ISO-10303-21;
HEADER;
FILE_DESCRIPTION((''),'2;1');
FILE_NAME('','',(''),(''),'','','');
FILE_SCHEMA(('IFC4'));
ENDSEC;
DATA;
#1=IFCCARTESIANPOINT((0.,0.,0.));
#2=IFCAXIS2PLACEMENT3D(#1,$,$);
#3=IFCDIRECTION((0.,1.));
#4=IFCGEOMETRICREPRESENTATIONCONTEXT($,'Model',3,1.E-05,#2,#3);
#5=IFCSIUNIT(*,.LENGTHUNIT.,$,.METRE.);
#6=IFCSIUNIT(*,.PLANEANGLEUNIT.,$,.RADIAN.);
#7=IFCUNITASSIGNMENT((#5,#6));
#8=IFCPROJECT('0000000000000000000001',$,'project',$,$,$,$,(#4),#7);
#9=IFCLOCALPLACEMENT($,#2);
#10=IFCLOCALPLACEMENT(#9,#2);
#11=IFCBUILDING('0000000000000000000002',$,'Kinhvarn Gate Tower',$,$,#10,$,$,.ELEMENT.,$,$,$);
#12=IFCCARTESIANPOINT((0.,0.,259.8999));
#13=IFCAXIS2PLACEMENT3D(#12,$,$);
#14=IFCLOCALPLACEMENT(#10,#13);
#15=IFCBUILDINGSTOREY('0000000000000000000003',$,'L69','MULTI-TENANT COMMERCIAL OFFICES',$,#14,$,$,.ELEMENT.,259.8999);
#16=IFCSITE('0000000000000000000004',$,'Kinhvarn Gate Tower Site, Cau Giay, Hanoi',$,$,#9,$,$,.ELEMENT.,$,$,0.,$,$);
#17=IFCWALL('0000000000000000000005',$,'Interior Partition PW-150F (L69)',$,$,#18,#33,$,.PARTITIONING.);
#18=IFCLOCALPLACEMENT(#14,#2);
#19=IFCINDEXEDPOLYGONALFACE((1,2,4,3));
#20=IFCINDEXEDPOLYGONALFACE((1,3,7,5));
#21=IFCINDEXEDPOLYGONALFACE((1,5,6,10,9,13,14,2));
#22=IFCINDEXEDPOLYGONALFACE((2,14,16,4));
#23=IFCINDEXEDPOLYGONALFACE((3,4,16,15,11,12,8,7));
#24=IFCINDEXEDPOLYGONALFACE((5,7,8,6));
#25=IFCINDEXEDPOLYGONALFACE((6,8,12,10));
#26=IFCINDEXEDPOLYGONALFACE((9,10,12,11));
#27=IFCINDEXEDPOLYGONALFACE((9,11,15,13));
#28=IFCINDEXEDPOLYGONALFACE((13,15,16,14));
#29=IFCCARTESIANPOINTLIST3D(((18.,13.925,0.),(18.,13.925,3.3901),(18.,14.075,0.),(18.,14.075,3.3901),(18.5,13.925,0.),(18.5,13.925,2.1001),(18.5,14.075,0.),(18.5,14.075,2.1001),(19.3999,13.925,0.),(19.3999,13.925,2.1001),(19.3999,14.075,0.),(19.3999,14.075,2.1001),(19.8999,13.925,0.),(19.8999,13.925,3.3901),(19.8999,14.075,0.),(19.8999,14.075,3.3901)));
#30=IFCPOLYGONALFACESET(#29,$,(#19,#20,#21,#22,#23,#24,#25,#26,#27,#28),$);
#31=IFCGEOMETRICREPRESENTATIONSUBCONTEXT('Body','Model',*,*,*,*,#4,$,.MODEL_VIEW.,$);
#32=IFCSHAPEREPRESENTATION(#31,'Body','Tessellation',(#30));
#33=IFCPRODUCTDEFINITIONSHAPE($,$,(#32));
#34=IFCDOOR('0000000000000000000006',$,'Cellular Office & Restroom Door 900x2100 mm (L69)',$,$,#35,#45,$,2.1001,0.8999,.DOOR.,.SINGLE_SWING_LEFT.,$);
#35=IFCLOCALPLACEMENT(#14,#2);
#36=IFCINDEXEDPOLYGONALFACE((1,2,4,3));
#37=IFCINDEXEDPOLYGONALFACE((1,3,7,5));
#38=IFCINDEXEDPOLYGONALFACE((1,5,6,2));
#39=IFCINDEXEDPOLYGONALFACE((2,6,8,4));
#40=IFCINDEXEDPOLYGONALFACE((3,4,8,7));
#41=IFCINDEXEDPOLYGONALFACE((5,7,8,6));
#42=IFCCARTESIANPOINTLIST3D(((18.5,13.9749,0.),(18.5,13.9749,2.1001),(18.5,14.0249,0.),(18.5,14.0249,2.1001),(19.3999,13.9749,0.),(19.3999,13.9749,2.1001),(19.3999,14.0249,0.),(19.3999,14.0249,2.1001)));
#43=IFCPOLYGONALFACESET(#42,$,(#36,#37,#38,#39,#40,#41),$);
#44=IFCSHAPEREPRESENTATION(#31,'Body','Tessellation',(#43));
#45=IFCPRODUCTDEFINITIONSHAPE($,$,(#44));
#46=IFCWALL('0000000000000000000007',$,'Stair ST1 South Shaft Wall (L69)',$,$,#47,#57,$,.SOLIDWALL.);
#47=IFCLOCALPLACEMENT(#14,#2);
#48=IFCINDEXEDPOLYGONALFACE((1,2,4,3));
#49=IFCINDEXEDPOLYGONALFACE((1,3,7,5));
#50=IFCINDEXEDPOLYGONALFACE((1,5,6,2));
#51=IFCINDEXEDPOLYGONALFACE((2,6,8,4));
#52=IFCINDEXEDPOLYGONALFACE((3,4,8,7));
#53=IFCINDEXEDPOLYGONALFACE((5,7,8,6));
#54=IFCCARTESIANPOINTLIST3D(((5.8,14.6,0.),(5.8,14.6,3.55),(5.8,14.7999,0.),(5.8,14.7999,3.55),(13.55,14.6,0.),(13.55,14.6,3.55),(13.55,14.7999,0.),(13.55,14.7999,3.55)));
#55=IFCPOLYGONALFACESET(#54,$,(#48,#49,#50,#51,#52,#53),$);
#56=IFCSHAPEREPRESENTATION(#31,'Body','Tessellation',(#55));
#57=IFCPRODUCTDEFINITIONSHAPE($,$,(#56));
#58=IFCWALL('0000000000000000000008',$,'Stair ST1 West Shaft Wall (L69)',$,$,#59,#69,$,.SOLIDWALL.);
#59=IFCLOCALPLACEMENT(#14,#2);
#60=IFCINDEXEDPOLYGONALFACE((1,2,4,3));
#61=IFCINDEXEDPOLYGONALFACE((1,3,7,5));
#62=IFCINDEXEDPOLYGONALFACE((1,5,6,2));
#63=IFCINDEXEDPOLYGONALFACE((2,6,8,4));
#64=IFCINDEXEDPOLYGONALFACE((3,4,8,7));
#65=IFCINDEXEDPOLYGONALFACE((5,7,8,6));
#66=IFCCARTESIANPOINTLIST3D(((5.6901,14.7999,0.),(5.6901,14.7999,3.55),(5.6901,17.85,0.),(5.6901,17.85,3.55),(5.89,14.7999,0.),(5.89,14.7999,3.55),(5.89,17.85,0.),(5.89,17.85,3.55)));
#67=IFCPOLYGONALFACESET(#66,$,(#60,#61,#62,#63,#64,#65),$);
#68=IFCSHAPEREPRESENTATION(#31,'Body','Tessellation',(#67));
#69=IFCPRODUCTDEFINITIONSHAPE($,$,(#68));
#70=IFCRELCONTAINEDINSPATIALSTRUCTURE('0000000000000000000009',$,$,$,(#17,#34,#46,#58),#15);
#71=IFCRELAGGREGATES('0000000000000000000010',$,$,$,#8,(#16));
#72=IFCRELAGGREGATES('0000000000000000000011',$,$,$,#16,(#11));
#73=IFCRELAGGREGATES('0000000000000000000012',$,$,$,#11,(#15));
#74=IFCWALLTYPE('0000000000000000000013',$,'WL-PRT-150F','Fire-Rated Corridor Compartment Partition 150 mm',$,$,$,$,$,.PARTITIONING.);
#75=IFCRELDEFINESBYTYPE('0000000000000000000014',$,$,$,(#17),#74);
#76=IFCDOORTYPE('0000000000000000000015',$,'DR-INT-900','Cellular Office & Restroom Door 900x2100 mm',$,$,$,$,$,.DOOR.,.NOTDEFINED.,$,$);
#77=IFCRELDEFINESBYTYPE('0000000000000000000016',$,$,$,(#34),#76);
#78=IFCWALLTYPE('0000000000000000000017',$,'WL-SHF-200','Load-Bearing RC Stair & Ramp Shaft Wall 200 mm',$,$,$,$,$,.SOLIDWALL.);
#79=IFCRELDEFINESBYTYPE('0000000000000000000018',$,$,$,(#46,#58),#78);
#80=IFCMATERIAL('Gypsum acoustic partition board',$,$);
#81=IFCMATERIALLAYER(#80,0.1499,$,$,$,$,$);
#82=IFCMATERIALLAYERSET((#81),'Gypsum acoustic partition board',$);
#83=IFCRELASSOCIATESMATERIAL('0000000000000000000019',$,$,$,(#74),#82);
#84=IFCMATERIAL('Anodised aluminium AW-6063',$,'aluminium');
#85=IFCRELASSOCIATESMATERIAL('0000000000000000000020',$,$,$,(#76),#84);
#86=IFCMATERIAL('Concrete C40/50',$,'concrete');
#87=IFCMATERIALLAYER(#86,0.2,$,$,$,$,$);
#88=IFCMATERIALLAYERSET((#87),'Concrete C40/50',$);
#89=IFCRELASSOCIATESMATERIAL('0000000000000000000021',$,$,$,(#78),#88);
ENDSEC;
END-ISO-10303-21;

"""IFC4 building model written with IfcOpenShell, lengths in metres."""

from ifc_helpers import new_model, si_unit, direction, frame, frame_2d, origin, place, context, subcontext, project, spatial, rectangle, extrude, material, layer, layer_set, type_object, element, fill, save


model = new_model("IFC4")

# Units and contexts
model_context = context("Model", 3, precision=1e-05, world=origin(), true_north=direction((0.0, 1.0)))
body_context = subcontext(model_context, "Body", "Model", "MODEL_VIEW")
ifc_project = project(units=[si_unit("LENGTHUNIT", "METRE"), si_unit("PLANEANGLEUNIT", "RADIAN")], contexts=[model_context])

# Site, building, storey
site_placement = place(None, origin())
site = spatial("IfcSite", under=ifc_project, at=site_placement, Name="Kinhvarn Gate Tower Site, Cau Giay, Hanoi", CompositionType="ELEMENT", RefElevation=0.0)
building_placement = place(site_placement, origin())
building = spatial("IfcBuilding", under=site, at=building_placement, Name="Kinhvarn Gate Tower", CompositionType="ELEMENT")
storey_placement = place(building_placement, frame((0.0, 0.0, 259.8999)))
storey = spatial("IfcBuildingStorey", under=building, at=storey_placement, Name="L69", Description="MULTI-TENANT COMMERCIAL OFFICES", CompositionType="ELEMENT", Elevation=259.8999)

# Shared definitions
ifc_material_1 = material(Name="Anodised aluminium AW-6063", Category="aluminium")

# Shared definitions
ifc_material_2 = material(Name="Gypsum acoustic partition board")

# Wall, opening, door
ifc_layer_1 = layer(ifc_material_2, 0.1499)
ifc_layer_set_1 = layer_set([ifc_layer_1], Name="Gypsum acoustic partition board")
wall_type_1 = type_object("IfcWallType", Name="WL-PRT-150F", Description="Fire-Rated Corridor Compartment Partition 150 mm", PredefinedType="PARTITIONING", material=ifc_layer_set_1)
wall_1_placement = place(storey_placement, frame((18.0, 14.0, 0.0), z_axis=(0.0, 0.0, 1.0), x_axis=(1.0, 0.0, 0.0)))
wall_1 = element("IfcWall", 1, at=wall_1_placement, inside=storey, type_object=wall_type_1, Name="Interior Partition PW-150F (L69)", PredefinedType="PARTITIONING", context=body_context, shape_type="SweptSolid", body=[
    extrude(rectangle(XDim=1.8999, YDim=0.1499, at=frame_2d((0.95, 0.0))), origin(), (0.0, 0.0, 1.0), 3.3901),
])
opening_1_placement = place(wall_1_placement, frame((0.5, 0.0, 0.0)))
opening_1 = element("IfcOpeningElement", 2, at=opening_1_placement, cuts=wall_1, PredefinedType="OPENING", context=body_context, shape_type="SweptSolid", body=[
    extrude(rectangle(XDim=0.8999, YDim=2.1001, at=frame_2d((0.45, 1.05))), frame((0.0, 0.085, 0.0), z_axis=(0.0, -1.0, 0.0), x_axis=(1.0, 0.0, 0.0)), (0.0, 0.0, 1.0), 0.1699),
])
door_type_1 = type_object("IfcDoorType", Name="DR-INT-900", Description="Cellular Office & Restroom Door 900x2100 mm", OperationType="NOTDEFINED", PredefinedType="DOOR", material=ifc_material_1)
door_1_placement = place(opening_1_placement, origin())
door_1 = element("IfcDoor", 3, at=door_1_placement, inside=storey, type_object=door_type_1, Name="Cellular Office & Restroom Door 900x2100 mm (L69)", OperationType="SINGLE_SWING_LEFT", OverallHeight=2.1001, OverallWidth=0.8999, PredefinedType="DOOR", context=body_context, shape_type="SweptSolid", body=[
    extrude(rectangle(XDim=0.8999, YDim=2.1001, at=frame_2d((0.45, 1.05))), frame((0.0, 0.0249, 0.0), z_axis=(0.0, -1.0, 0.0), x_axis=(1.0, 0.0, 0.0)), (0.0, 0.0, 1.0), 0.05),
])
fill(opening_1, door_1)

# Walls
ifc_material_3 = material(Name="Concrete C40/50", Category="concrete")
ifc_layer_2 = layer(ifc_material_3, 0.2)
ifc_layer_set_2 = layer_set([ifc_layer_2], Name="Concrete C40/50")
wall_type_2 = type_object("IfcWallType", Name="WL-SHF-200", Description="Load-Bearing RC Stair & Ramp Shaft Wall 200 mm", PredefinedType="SOLIDWALL", material=ifc_layer_set_2)
wall_2_placement = place(storey_placement, frame((5.8, 14.7, 0.0), z_axis=(0.0, 0.0, 1.0), x_axis=(1.0, 0.0, 0.0)))
element("IfcWall", 4, at=wall_2_placement, inside=storey, type_object=wall_type_2, Name="Stair ST1 South Shaft Wall (L69)", PredefinedType="SOLIDWALL", context=body_context, shape_type="SweptSolid", body=[
    extrude(rectangle(XDim=7.75, YDim=0.2, at=frame_2d((3.875, 0.0))), origin(), (0.0, 0.0, 1.0), 3.55),
])
wall_3_placement = place(storey_placement, frame((5.79, 14.8, 0.0), z_axis=(0.0, 0.0, 1.0), x_axis=(0.0, 1.0, 0.0)))
element("IfcWall", 5, at=wall_3_placement, inside=storey, type_object=wall_type_2, Name="Stair ST1 West Shaft Wall (L69)", PredefinedType="SOLIDWALL", context=body_context, shape_type="SweptSolid", body=[
    extrude(rectangle(XDim=3.05, YDim=0.2, at=frame_2d((1.5249, 0.0))), origin(), (0.0, 0.0, 1.0), 3.55),
])

save(model, "model.ifc")
